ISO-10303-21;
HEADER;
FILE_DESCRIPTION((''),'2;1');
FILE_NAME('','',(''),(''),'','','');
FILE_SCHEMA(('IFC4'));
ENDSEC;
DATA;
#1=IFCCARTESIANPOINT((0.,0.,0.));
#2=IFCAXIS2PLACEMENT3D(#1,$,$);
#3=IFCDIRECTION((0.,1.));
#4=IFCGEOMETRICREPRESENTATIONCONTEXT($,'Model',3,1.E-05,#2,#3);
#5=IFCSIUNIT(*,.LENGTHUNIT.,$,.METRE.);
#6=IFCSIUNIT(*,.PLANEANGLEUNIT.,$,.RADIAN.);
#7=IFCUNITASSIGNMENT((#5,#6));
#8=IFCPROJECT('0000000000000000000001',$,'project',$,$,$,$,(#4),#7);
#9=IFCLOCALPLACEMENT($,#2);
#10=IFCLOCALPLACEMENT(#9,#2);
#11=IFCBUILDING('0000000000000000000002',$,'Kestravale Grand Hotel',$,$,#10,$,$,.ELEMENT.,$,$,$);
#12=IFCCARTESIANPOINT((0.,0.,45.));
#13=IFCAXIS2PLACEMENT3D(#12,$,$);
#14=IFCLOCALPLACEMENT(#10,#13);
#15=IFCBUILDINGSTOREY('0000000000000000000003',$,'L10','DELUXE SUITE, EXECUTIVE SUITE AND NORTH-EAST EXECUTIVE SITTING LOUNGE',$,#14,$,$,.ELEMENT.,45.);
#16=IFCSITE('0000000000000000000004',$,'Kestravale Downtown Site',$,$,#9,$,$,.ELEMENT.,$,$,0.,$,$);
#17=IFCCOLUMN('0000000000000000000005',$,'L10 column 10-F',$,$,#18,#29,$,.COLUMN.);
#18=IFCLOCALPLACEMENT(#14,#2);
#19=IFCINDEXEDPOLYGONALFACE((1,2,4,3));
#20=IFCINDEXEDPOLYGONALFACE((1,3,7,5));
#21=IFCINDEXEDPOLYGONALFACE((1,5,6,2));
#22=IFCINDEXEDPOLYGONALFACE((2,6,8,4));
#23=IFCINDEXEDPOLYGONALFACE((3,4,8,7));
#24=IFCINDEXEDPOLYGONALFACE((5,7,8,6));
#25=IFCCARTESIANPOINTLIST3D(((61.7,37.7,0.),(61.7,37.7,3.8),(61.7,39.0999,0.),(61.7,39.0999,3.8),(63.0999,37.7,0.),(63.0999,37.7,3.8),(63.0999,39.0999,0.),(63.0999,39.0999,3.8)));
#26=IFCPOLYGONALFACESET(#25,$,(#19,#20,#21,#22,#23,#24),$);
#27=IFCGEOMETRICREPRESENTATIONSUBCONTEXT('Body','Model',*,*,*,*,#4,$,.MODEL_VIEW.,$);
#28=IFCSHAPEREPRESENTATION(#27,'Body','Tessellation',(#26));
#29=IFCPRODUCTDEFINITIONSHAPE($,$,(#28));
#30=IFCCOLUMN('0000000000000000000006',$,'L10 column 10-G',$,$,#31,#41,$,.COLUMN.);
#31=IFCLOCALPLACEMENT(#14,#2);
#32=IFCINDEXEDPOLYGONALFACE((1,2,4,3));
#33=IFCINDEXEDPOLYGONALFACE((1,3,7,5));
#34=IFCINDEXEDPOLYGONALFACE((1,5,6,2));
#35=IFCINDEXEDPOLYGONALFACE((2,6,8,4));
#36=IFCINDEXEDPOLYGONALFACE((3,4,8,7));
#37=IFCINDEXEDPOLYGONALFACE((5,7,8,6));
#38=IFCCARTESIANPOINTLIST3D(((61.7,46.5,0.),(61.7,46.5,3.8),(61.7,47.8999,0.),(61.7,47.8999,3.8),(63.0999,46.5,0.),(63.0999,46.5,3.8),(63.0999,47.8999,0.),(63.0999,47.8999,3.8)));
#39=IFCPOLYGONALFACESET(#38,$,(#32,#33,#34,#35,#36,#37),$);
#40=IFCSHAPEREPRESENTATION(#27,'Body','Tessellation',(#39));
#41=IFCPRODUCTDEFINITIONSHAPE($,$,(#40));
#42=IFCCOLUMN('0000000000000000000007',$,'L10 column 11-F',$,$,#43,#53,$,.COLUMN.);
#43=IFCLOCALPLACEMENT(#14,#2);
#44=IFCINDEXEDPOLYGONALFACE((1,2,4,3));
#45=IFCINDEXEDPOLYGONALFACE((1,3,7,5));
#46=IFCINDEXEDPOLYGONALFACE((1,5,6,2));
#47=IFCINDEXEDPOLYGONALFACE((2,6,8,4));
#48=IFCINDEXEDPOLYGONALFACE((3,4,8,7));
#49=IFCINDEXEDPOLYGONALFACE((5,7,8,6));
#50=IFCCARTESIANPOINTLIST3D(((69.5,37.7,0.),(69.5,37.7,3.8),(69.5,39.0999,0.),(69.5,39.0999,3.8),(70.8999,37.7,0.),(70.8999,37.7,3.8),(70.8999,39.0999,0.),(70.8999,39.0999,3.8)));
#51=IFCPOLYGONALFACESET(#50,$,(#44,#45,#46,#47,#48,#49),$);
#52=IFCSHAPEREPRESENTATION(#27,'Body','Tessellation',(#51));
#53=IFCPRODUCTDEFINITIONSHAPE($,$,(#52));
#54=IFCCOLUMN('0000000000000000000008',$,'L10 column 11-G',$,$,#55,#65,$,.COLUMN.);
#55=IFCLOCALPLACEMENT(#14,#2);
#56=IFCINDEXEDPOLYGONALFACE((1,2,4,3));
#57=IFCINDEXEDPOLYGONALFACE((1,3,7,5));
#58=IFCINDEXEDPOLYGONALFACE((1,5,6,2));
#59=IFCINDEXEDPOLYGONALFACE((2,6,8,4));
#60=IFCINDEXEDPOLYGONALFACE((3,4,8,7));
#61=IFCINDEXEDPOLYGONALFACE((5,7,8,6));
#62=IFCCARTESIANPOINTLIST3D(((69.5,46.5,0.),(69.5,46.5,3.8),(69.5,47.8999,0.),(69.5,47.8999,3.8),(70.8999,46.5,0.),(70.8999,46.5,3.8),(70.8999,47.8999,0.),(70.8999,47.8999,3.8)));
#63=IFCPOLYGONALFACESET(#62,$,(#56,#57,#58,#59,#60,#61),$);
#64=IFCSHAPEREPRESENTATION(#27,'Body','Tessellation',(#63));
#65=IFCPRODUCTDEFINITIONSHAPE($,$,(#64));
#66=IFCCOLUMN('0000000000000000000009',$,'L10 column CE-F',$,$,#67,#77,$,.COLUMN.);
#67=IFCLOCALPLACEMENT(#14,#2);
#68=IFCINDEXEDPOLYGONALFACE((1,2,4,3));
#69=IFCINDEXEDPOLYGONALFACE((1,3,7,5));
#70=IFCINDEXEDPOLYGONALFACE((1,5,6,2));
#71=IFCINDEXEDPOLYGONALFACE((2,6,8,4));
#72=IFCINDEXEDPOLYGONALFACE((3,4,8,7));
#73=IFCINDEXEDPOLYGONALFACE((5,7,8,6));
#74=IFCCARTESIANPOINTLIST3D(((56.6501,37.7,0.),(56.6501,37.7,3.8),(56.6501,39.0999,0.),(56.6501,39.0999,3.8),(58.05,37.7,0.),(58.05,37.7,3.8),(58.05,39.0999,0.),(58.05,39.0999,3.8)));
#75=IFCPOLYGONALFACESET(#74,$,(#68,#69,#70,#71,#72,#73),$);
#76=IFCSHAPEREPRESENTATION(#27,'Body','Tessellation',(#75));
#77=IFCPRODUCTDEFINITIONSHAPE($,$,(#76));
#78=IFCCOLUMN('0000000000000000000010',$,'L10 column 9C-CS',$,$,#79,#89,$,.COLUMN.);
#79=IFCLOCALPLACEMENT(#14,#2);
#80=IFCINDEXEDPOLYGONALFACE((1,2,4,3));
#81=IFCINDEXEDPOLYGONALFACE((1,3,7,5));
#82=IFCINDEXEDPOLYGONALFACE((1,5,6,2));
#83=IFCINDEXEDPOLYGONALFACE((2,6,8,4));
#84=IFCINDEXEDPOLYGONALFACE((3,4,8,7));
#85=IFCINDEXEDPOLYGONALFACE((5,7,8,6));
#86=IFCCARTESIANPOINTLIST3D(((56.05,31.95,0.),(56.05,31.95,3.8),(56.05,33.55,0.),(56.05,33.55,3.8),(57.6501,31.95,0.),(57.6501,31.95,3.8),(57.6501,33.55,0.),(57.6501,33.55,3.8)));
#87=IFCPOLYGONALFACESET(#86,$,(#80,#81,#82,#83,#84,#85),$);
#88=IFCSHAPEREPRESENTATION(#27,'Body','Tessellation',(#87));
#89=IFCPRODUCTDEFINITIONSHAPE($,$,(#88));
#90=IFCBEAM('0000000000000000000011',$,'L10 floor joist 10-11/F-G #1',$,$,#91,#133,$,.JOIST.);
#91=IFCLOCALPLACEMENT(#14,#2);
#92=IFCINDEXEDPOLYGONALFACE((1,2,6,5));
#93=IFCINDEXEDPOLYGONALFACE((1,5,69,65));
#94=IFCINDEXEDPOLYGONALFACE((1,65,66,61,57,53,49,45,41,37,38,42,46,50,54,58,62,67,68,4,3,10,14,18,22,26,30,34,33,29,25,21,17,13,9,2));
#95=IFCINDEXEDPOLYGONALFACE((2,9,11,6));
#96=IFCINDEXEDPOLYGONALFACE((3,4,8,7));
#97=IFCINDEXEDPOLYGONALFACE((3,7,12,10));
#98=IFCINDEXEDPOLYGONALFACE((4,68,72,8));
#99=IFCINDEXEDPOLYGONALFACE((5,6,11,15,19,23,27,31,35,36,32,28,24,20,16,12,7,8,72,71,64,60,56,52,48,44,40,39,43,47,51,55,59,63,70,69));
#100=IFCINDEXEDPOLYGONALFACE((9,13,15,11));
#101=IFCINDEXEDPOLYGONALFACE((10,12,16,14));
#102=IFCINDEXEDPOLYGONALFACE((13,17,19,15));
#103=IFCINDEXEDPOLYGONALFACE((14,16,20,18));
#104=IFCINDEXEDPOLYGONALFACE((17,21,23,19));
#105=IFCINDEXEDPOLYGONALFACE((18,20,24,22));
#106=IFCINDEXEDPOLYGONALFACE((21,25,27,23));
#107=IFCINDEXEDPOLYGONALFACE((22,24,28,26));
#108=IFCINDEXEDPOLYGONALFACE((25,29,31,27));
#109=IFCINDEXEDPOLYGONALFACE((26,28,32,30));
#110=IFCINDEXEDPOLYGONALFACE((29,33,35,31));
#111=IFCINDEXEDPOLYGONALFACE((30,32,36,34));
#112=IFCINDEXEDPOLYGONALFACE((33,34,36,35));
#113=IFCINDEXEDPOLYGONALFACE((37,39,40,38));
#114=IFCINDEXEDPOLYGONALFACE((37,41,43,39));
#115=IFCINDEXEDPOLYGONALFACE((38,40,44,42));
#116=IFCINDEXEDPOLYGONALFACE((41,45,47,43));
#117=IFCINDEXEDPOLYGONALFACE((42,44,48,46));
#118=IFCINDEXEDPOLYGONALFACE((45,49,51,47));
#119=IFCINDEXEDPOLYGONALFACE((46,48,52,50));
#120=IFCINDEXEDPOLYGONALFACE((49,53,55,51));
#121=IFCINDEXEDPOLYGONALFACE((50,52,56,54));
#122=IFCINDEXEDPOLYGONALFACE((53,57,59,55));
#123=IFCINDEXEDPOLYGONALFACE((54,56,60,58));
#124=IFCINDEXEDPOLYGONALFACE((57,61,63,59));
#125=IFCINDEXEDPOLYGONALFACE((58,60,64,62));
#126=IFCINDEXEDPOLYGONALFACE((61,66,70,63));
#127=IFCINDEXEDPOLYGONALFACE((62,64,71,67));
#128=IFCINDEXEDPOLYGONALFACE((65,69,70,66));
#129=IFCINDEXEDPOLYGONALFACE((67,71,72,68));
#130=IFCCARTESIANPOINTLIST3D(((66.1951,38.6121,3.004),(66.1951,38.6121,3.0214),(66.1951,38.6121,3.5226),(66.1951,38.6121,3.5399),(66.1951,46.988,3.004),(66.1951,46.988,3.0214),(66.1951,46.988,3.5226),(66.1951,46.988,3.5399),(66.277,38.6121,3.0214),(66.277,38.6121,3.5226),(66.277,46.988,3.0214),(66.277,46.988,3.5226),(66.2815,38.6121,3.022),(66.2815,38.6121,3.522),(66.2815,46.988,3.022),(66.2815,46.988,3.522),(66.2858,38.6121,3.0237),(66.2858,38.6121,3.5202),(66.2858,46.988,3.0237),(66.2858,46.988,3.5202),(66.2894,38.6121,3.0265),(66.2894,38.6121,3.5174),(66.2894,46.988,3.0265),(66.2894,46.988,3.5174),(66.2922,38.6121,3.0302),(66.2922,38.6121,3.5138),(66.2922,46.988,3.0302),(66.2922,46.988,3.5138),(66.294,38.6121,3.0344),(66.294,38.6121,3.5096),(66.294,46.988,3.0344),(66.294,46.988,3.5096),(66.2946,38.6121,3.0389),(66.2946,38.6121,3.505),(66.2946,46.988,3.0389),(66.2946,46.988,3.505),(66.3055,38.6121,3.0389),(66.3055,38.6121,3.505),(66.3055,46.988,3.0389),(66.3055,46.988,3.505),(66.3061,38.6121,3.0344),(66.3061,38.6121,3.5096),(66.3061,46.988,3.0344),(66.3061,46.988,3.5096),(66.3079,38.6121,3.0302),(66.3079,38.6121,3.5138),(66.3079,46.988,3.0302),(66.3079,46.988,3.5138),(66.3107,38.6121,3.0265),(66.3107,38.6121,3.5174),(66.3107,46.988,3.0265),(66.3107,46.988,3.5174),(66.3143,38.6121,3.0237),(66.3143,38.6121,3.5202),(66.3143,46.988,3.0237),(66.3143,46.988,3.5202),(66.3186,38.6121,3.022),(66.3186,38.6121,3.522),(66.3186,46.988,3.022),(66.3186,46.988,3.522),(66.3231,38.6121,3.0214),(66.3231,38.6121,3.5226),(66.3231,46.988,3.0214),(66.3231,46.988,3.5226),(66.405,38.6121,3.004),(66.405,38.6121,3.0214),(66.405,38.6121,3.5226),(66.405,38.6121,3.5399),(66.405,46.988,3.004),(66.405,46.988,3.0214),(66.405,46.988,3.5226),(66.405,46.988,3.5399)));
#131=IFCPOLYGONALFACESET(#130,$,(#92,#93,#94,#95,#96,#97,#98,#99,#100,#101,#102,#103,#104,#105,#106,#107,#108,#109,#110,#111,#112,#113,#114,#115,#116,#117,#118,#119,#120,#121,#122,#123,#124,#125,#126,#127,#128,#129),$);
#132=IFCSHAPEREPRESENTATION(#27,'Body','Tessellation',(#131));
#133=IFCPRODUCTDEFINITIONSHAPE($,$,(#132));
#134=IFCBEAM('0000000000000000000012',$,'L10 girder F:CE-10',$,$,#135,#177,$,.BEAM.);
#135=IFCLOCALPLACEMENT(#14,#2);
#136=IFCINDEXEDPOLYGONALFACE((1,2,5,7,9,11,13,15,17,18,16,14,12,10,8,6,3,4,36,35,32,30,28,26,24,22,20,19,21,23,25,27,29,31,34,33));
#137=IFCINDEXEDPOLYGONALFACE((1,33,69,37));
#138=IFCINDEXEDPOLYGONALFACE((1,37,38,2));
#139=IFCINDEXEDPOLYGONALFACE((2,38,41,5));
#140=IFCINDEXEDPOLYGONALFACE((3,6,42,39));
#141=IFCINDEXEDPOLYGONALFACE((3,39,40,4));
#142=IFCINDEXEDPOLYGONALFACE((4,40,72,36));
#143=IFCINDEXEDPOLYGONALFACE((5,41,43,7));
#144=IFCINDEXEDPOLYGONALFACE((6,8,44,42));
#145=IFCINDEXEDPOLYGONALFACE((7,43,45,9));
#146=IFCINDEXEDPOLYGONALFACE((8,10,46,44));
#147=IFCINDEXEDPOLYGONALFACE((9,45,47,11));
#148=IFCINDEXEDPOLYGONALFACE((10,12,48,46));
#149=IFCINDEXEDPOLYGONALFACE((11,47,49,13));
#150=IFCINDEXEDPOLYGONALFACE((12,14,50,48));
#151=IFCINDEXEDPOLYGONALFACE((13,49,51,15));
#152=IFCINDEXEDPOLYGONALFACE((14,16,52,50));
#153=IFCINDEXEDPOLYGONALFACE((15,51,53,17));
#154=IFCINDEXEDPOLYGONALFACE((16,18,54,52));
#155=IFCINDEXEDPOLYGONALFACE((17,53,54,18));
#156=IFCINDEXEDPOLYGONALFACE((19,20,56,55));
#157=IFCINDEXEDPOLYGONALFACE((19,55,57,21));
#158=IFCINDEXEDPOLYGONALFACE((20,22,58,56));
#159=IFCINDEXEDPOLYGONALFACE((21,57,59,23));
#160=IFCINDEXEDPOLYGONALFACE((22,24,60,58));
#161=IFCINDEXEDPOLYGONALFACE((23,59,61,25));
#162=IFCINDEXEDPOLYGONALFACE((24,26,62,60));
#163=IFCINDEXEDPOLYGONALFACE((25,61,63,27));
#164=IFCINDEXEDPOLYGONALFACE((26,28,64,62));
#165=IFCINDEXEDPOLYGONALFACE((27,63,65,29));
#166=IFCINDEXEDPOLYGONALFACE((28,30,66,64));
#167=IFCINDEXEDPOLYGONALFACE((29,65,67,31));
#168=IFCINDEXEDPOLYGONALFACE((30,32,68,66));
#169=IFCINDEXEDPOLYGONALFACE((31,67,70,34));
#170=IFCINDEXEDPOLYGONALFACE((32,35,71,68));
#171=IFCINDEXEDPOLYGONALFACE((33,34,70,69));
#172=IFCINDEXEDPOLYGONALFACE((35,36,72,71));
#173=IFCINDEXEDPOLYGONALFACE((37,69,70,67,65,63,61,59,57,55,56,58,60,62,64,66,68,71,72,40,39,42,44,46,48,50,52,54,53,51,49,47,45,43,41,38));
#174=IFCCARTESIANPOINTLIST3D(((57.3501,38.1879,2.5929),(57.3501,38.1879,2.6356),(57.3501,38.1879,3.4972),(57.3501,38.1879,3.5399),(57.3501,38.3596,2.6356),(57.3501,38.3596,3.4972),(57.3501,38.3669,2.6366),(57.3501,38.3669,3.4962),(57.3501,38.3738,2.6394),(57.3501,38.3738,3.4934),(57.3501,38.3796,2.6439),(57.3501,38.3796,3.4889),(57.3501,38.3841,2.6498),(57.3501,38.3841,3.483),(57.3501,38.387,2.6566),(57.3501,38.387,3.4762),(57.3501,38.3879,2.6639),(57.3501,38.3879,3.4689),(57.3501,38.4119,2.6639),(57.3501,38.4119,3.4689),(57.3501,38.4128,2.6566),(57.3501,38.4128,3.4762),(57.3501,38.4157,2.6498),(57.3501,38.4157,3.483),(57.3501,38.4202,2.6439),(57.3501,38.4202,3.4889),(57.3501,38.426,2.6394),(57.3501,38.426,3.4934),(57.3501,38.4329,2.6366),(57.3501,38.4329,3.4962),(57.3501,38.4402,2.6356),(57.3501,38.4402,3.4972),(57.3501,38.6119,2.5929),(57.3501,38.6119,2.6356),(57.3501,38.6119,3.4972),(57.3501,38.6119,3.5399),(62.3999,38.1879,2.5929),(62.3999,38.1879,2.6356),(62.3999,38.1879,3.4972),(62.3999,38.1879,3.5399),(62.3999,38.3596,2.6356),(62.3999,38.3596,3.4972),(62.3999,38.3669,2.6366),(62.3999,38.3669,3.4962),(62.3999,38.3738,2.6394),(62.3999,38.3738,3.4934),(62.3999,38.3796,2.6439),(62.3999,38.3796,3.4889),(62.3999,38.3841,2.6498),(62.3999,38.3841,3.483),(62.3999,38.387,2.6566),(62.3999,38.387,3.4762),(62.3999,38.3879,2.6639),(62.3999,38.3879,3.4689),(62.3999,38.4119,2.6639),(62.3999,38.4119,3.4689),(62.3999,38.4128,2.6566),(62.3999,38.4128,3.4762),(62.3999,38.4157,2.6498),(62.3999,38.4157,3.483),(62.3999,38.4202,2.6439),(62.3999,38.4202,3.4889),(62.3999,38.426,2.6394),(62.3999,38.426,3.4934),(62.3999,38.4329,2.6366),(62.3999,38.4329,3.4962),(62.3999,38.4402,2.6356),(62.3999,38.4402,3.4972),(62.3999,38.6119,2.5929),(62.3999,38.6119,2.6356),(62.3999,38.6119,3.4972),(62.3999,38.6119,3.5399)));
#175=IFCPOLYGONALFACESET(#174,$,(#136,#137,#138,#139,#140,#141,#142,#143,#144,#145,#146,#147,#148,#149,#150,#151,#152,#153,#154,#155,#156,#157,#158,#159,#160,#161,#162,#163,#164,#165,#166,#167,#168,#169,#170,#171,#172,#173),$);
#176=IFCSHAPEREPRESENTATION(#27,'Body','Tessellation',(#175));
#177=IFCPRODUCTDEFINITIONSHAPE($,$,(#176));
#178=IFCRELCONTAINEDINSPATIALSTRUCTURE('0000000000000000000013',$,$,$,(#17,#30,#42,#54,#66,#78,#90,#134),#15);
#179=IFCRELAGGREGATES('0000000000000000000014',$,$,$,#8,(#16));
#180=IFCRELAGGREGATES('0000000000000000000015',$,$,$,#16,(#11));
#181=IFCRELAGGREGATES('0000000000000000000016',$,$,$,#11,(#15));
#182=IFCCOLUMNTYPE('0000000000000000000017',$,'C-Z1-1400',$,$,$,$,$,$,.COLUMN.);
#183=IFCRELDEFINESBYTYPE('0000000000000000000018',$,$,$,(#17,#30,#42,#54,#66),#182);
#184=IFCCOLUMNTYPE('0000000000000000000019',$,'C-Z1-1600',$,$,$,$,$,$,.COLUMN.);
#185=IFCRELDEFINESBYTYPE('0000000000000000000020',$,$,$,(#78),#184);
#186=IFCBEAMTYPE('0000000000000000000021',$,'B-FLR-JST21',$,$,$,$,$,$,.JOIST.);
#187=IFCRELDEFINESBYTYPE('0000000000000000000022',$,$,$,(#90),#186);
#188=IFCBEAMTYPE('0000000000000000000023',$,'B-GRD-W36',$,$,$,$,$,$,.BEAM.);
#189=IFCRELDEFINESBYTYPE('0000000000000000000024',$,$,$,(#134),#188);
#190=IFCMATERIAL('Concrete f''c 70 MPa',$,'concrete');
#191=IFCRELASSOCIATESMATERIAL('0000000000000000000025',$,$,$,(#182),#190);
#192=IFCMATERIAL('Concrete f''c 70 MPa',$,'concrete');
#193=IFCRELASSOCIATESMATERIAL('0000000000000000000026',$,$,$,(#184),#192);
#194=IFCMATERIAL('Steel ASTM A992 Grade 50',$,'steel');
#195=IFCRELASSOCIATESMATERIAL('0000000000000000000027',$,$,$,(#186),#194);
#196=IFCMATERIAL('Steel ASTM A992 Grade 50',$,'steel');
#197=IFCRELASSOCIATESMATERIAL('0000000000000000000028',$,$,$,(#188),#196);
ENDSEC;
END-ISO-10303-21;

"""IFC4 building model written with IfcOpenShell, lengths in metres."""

from ifc_helpers import new_model, si_unit, direction, frame, origin, origin_2d, place, context, subcontext, project, spatial, rectangle, i_section, extrude, material, material_profile, profile_set, type_object, element, save


model = new_model("IFC4")

# Units and contexts
model_context = context("Model", 3, precision=1e-05, world=origin(), true_north=direction((0.0, 1.0)))
body_context = subcontext(model_context, "Body", "Model", "MODEL_VIEW")
ifc_project = project(units=[si_unit("LENGTHUNIT", "METRE"), si_unit("PLANEANGLEUNIT", "RADIAN")], contexts=[model_context])

# Site, building, storey
site_placement = place(None, origin())
site = spatial("IfcSite", under=ifc_project, at=site_placement, Name="Kestravale Downtown Site", CompositionType="ELEMENT", RefElevation=0.0)
building_placement = place(site_placement, origin())
building = spatial("IfcBuilding", under=site, at=building_placement, Name="Kestravale Grand Hotel", CompositionType="ELEMENT")
storey_placement = place(building_placement, frame((0.0, 0.0, 45.0)))
storey = spatial("IfcBuildingStorey", under=building, at=storey_placement, Name="L10", Description="DELUXE SUITE, EXECUTIVE SUITE AND NORTH-EAST EXECUTIVE SITTING LOUNGE", CompositionType="ELEMENT", Elevation=45.0)

# Columns
ifc_material_1 = material(Name="Concrete f'c 70 MPa", Category="concrete")
ifc_material_profile_1 = material_profile(ifc_material_1, rectangle(XDim=1.3999, YDim=1.3999, at=origin_2d()))
ifc_profile_set_1 = profile_set([ifc_material_profile_1], Name="Concrete f'c 70 MPa")
column_type_1 = type_object("IfcColumnType", Name="C-Z1-1400", PredefinedType="COLUMN", material=ifc_profile_set_1)
for number, where, z_axis, x_axis, name in (
    (1, (62.3999, 38.3999, 0.0), (0.0, 0.0, 1.0), (1.0, 0.0, 0.0), "L10 column 10-F"),
    (2, (62.3999, 47.2, 0.0), (0.0, 0.0, 1.0), (1.0, 0.0, 0.0), "L10 column 10-G"),
    (3, (70.2, 38.3999, 0.0), (0.0, 0.0, 1.0), (1.0, 0.0, 0.0), "L10 column 11-F"),
    (4, (70.2, 47.2, 0.0), (0.0, 0.0, 1.0), (1.0, 0.0, 0.0), "L10 column 11-G"),
    (5, (57.3501, 38.3999, 0.0), (0.0, 0.0, 1.0), (1.0, 0.0, 0.0), "L10 column CE-F"),
):
    element("IfcColumn", number, at=place(storey_placement, frame(where, z_axis=z_axis, x_axis=x_axis)), inside=storey, type_object=column_type_1, Name=name, PredefinedType="COLUMN", context=body_context, shape_type="SweptSolid", body=[
        extrude(rectangle(XDim=1.3999, YDim=1.3999, at=origin_2d()), origin(), (0.0, 0.0, 1.0), 3.8),
    ])
ifc_material_2 = material(Name="Concrete f'c 70 MPa", Category="concrete")
ifc_material_profile_2 = material_profile(ifc_material_2, rectangle(XDim=1.6001, YDim=1.6001, at=origin_2d()))
ifc_profile_set_2 = profile_set([ifc_material_profile_2], Name="Concrete f'c 70 MPa")
column_type_2 = type_object("IfcColumnType", Name="C-Z1-1600", PredefinedType="COLUMN", material=ifc_profile_set_2)
column_placement = place(storey_placement, frame((56.8501, 32.75, 0.0), z_axis=(0.0, 0.0, 1.0), x_axis=(1.0, 0.0, 0.0)))
element("IfcColumn", 6, at=column_placement, inside=storey, type_object=column_type_2, Name="L10 column 9C-CS", PredefinedType="COLUMN", context=body_context, shape_type="SweptSolid", body=[
    extrude(rectangle(XDim=1.6001, YDim=1.6001, at=origin_2d()), origin(), (0.0, 0.0, 1.0), 3.8),
])

# Beams
ifc_material_3 = material(Name="Steel ASTM A992 Grade 50", Category="steel")
ifc_material_profile_3 = material_profile(ifc_material_3, i_section(OverallWidth=0.21, OverallDepth=0.5359, WebThickness=0.011, FlangeThickness=0.0173, FilletRadius=0.0176, at=origin_2d()))
ifc_profile_set_3 = profile_set([ifc_material_profile_3], Name="Steel ASTM A992 Grade 50")
beam_type_1 = type_object("IfcBeamType", Name="B-FLR-JST21", PredefinedType="JOIST", material=ifc_profile_set_3)
beam_1_placement = place(storey_placement, frame((66.3, 38.6121, 3.272), z_axis=(0.0, 1.0, 0.0), x_axis=(-1.0, 0.0, 0.0)))
element("IfcBeam", 7, at=beam_1_placement, inside=storey, type_object=beam_type_1, Name="L10 floor joist 10-11/F-G #1", PredefinedType="JOIST", context=body_context, shape_type="SweptSolid", body=[
    extrude(i_section(OverallWidth=0.21, OverallDepth=0.5359, WebThickness=0.011, FlangeThickness=0.0173, FilletRadius=0.0176, at=origin_2d()), origin(), (0.0, 0.0, 1.0), 8.376),
])
ifc_material_4 = material(Name="Steel ASTM A992 Grade 50", Category="steel")
ifc_material_profile_4 = material_profile(ifc_material_4, i_section(OverallWidth=0.4241, OverallDepth=0.947, WebThickness=0.0239, FlangeThickness=0.0427, FilletRadius=0.0283, at=origin_2d()))
ifc_profile_set_4 = profile_set([ifc_material_profile_4], Name="Steel ASTM A992 Grade 50")
beam_type_2 = type_object("IfcBeamType", Name="B-GRD-W36", PredefinedType="BEAM", material=ifc_profile_set_4)
beam_2_placement = place(storey_placement, frame((57.3501, 38.3999, 3.0664), z_axis=(1.0, 0.0, 0.0), x_axis=(0.0, 1.0, 0.0)))
element("IfcBeam", 8, at=beam_2_placement, inside=storey, type_object=beam_type_2, Name="L10 girder F:CE-10", PredefinedType="BEAM", context=body_context, shape_type="SweptSolid", body=[
    extrude(i_section(OverallWidth=0.4241, OverallDepth=0.947, WebThickness=0.0239, FlangeThickness=0.0427, FilletRadius=0.0283, at=origin_2d()), origin(), (0.0, 0.0, 1.0), 5.0498),
])

save(model, "model.ifc")
